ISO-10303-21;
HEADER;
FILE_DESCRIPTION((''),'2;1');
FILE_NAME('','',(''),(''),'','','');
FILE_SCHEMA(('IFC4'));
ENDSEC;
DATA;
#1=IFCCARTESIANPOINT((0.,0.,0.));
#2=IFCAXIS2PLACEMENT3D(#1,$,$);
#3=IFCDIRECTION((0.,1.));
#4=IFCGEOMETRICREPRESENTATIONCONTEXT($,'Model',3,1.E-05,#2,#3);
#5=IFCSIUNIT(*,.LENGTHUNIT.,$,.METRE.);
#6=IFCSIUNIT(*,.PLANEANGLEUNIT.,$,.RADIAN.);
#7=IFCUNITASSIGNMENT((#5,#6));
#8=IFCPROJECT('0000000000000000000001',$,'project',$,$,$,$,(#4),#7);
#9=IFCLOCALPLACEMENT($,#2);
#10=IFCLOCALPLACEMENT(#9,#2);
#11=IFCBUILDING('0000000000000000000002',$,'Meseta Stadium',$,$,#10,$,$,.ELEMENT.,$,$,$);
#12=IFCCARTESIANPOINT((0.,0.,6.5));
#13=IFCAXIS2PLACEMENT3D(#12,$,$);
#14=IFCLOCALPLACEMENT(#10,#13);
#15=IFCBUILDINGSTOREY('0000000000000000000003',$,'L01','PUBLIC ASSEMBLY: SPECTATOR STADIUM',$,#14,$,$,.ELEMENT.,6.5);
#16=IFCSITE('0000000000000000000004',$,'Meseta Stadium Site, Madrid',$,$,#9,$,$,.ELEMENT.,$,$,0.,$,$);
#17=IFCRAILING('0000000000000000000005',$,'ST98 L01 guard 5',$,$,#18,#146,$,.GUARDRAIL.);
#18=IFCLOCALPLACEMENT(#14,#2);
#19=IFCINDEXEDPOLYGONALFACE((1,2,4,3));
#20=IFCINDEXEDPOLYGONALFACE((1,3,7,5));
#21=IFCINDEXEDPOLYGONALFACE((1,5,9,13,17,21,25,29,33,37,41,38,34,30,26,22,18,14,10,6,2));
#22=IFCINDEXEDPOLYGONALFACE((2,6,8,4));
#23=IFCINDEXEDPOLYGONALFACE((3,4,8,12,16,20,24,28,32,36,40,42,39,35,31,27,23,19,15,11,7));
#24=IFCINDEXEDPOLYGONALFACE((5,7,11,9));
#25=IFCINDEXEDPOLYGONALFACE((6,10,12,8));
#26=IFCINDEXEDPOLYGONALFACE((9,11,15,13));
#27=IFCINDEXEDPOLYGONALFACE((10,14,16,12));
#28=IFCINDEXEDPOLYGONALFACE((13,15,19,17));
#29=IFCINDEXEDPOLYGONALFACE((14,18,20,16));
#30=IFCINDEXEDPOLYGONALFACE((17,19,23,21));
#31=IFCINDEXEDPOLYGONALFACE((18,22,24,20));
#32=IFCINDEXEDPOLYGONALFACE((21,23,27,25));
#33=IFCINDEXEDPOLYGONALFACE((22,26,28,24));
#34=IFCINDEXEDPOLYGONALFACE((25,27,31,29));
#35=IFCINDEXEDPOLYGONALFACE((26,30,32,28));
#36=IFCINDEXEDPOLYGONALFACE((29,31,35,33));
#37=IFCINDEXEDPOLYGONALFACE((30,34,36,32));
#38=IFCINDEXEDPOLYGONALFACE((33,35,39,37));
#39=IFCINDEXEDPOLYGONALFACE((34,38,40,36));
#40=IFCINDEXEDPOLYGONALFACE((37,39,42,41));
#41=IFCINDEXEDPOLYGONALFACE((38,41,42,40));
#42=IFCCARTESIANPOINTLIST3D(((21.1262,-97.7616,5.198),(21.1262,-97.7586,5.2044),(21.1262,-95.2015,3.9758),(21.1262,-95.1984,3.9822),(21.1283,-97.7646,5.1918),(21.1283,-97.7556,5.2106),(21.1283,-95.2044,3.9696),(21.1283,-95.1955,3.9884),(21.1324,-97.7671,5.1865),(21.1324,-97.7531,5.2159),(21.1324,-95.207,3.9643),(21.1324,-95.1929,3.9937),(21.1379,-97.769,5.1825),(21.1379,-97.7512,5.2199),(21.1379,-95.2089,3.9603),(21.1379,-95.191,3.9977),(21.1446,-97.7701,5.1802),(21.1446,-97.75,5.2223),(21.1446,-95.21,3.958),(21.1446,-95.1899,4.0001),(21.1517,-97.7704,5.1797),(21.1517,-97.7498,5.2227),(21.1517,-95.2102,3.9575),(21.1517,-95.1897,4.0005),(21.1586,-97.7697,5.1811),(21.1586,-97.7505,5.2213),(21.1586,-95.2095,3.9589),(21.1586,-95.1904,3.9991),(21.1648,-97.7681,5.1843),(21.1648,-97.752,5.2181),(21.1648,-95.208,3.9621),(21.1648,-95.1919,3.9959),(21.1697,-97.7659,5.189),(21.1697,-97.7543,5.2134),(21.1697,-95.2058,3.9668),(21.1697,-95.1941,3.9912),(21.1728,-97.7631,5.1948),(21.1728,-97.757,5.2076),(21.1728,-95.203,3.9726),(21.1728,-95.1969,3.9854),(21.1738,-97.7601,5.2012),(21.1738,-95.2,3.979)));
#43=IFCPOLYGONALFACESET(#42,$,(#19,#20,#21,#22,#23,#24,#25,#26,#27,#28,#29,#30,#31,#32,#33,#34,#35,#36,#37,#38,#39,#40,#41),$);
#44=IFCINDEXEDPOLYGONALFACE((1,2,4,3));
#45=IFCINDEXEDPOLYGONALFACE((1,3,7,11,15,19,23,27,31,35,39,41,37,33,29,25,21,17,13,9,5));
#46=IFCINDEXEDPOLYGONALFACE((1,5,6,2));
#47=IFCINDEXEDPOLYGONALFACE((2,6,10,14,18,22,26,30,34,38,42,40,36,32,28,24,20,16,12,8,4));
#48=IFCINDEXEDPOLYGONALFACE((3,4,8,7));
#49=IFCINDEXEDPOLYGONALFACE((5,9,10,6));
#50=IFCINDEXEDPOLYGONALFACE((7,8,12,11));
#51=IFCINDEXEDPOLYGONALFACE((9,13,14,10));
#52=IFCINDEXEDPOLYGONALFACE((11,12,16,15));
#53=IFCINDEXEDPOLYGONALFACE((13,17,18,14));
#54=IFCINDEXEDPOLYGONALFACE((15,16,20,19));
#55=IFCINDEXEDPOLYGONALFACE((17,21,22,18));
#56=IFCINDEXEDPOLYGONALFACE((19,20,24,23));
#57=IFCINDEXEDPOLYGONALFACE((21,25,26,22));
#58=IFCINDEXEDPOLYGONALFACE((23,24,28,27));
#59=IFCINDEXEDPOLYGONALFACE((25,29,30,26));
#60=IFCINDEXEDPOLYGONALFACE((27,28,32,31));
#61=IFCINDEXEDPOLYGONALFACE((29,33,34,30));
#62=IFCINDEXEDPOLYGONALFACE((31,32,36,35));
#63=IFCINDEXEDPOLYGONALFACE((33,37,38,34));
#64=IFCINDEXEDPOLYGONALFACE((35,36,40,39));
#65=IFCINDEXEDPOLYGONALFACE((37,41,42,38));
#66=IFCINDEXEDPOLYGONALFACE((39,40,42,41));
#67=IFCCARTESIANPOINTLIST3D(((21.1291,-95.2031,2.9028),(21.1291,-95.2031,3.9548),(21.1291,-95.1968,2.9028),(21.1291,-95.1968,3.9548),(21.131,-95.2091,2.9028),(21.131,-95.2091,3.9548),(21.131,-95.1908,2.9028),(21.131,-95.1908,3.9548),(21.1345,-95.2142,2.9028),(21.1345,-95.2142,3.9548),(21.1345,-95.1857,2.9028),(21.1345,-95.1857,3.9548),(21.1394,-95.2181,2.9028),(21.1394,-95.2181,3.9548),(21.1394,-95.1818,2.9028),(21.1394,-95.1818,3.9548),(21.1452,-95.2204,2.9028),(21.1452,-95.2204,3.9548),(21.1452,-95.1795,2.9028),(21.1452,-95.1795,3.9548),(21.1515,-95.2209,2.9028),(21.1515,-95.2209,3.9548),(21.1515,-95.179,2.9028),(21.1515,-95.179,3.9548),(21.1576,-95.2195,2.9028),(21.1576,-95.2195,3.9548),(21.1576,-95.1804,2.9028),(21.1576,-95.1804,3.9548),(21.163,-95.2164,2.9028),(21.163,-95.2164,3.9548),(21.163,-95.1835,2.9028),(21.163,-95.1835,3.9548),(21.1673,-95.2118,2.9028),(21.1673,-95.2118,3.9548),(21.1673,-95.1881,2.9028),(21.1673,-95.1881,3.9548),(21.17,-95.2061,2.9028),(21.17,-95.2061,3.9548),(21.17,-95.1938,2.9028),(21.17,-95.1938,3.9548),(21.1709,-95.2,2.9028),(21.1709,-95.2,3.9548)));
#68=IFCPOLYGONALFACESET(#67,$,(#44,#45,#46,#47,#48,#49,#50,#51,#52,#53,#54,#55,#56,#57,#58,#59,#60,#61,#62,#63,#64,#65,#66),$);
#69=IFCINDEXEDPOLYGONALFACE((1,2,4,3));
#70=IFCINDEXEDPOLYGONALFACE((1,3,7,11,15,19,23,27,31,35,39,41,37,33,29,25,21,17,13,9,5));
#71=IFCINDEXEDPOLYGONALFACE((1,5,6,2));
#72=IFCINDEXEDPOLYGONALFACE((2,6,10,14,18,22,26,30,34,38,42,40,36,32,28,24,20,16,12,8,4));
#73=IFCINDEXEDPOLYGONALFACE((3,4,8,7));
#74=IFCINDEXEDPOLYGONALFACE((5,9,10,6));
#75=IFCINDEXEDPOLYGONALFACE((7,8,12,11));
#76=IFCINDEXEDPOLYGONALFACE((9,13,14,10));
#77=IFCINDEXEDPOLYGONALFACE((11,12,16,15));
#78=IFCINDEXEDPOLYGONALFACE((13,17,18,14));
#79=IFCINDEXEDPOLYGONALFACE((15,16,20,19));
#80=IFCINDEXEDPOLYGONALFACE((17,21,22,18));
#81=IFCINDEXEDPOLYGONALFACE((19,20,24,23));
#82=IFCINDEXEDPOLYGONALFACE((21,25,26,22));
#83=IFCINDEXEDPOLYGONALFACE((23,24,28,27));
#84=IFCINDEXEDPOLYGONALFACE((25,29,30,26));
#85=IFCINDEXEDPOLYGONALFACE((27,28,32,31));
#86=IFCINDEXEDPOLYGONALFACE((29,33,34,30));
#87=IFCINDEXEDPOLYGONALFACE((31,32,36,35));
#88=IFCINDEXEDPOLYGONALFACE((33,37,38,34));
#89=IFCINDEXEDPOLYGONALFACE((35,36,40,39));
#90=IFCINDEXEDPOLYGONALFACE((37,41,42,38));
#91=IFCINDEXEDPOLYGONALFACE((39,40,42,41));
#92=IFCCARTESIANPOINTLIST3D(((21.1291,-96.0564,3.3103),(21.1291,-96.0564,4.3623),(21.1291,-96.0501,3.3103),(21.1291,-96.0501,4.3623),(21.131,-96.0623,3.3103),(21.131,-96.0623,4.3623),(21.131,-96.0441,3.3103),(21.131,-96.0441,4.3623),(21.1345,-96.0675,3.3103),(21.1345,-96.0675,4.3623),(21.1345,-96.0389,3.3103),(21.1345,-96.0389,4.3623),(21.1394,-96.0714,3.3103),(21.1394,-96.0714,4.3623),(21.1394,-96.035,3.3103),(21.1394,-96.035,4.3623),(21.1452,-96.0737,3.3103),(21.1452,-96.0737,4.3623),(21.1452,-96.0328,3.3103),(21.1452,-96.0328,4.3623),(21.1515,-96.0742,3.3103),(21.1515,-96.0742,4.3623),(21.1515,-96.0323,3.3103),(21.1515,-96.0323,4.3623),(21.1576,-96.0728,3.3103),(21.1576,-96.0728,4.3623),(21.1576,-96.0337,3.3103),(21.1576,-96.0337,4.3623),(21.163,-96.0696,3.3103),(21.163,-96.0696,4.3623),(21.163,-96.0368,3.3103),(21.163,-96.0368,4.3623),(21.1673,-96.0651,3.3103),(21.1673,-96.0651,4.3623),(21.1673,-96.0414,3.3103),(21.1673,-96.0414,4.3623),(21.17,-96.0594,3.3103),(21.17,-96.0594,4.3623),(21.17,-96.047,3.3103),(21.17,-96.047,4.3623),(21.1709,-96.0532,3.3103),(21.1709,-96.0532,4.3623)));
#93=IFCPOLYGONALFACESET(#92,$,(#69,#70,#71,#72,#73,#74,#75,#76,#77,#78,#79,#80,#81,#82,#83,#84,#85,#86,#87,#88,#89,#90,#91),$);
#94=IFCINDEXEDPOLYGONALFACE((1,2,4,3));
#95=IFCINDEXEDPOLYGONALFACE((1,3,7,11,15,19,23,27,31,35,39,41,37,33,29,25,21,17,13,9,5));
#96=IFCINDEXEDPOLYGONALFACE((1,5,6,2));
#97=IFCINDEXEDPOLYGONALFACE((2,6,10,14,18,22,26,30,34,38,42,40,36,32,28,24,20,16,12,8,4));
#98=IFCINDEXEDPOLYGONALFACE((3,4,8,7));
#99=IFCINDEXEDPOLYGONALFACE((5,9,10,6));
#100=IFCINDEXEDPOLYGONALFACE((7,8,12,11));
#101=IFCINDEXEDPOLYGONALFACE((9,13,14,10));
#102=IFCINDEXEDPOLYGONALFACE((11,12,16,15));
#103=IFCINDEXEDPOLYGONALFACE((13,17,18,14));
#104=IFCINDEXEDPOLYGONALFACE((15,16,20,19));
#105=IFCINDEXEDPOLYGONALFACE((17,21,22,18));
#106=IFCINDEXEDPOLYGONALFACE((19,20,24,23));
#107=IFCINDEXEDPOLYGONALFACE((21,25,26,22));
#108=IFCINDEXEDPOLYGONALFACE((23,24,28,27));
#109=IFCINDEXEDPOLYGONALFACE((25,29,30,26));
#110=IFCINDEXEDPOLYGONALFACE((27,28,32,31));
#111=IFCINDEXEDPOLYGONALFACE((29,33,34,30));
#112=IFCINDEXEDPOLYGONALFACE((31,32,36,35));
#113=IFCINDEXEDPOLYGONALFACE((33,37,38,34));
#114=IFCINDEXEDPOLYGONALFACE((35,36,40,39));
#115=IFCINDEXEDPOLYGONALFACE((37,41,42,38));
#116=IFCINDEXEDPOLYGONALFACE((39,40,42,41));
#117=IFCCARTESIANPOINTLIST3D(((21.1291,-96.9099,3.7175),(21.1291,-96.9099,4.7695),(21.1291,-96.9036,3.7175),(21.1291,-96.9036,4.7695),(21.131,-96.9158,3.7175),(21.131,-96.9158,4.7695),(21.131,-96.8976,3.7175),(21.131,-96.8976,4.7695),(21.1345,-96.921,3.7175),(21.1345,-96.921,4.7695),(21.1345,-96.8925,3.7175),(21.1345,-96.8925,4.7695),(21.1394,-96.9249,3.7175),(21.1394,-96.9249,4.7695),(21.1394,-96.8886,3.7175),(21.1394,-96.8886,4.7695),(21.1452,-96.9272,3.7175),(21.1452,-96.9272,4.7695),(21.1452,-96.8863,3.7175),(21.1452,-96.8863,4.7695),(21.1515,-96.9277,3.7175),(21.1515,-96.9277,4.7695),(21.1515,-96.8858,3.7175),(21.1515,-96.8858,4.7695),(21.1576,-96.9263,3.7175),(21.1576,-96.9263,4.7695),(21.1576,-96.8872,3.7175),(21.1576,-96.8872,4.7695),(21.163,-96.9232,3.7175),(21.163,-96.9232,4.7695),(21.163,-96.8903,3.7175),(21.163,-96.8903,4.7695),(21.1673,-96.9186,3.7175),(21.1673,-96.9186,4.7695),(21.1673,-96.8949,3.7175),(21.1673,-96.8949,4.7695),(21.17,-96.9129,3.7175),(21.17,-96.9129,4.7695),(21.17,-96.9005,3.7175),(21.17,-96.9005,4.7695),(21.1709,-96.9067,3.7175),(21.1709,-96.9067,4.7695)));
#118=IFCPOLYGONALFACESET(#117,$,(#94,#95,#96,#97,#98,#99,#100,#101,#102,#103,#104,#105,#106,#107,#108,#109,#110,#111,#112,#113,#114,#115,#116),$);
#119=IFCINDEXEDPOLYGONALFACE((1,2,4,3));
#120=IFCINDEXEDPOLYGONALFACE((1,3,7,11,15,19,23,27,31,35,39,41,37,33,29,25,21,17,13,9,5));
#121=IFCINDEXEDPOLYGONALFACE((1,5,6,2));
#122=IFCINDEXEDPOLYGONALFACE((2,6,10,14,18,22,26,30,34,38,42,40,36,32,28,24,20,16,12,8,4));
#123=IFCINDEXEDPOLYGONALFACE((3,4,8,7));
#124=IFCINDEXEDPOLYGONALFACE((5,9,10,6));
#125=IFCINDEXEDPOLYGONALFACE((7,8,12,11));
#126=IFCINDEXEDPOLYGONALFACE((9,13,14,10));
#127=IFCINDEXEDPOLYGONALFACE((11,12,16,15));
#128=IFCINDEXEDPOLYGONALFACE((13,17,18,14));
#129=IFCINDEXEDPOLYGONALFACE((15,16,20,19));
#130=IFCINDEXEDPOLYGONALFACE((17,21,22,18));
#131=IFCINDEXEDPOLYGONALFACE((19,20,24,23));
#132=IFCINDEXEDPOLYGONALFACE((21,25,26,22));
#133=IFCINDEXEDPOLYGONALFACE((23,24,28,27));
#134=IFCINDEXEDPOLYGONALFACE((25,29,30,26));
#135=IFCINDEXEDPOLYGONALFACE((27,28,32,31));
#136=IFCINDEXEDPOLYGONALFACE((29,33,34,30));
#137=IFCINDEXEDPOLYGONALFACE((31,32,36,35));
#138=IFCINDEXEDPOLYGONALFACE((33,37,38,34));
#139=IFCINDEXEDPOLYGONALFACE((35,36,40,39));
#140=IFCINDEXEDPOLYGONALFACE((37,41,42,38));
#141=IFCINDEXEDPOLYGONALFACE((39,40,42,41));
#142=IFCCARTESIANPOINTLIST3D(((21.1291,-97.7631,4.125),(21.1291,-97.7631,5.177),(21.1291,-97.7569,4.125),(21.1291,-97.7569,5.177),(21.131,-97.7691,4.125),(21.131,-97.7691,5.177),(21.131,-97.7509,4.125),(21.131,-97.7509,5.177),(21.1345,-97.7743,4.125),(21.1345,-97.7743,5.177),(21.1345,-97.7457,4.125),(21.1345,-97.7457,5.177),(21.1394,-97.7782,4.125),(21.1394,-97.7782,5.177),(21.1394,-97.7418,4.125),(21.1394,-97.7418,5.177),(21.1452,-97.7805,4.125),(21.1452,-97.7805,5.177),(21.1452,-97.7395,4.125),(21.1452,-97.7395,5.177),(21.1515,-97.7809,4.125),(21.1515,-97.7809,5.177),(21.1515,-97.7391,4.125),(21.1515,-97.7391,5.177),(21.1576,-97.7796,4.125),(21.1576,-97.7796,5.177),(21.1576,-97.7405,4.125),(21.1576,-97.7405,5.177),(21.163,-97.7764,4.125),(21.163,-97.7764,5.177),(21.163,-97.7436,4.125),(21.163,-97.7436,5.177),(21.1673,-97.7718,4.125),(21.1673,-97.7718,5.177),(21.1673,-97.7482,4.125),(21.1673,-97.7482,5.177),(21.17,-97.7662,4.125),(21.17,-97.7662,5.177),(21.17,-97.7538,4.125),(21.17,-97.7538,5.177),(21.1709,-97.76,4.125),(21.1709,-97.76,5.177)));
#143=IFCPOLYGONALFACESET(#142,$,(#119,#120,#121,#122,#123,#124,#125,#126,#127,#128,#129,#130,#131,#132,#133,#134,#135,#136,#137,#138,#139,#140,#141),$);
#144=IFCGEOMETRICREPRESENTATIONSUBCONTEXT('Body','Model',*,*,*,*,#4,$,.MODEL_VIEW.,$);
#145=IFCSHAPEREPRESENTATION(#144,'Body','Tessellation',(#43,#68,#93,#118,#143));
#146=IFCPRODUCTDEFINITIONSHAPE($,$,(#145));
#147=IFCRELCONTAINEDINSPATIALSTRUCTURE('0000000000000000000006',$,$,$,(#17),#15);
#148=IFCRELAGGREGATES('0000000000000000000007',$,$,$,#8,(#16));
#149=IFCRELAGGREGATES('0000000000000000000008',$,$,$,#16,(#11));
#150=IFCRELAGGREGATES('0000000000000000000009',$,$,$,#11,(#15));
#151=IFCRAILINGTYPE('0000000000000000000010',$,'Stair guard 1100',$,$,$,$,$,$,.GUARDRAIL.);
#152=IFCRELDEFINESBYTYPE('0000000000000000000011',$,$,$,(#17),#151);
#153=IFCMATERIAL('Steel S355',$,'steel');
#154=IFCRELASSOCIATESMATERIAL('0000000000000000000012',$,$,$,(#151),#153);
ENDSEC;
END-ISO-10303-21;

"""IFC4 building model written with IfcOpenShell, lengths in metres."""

from ifc_helpers import new_model, si_unit, direction, frame, origin, origin_2d, place, context, subcontext, project, spatial, circle, extrude, material, type_object, element, save


model = new_model("IFC4")

# Units and contexts
model_context = context("Model", 3, precision=1e-05, world=origin(), true_north=direction((0.0, 1.0)))
body_context = subcontext(model_context, "Body", "Model", "MODEL_VIEW")
ifc_project = project(units=[si_unit("LENGTHUNIT", "METRE"), si_unit("PLANEANGLEUNIT", "RADIAN")], contexts=[model_context])

# Site, building, storey
site_placement = place(None, origin())
site = spatial("IfcSite", under=ifc_project, at=site_placement, Name="Meseta Stadium Site, Madrid", CompositionType="ELEMENT", RefElevation=0.0)
building_placement = place(site_placement, origin())
building = spatial("IfcBuilding", under=site, at=building_placement, Name="Meseta Stadium", CompositionType="ELEMENT")
storey_placement = place(building_placement, frame((0.0, 0.0, 6.5)))
storey = spatial("IfcBuildingStorey", under=building, at=storey_placement, Name="L01", Description="PUBLIC ASSEMBLY: SPECTATOR STADIUM", CompositionType="ELEMENT", Elevation=6.5)

# Railing
ifc_material_1 = material(Name="Steel S355", Category="steel")
railing_type_1 = type_object("IfcRailingType", Name="Stair guard 1100", PredefinedType="GUARDRAIL", material=ifc_material_1)
for number, where, name in (
    (1, (21.1499, -95.2, 2.9028), "ST98 L01 guard 5"),
):
    element("IfcRailing", number, at=place(storey_placement, frame(where)), inside=storey, type_object=railing_type_1, Name=name, PredefinedType="GUARDRAIL", context=body_context, shape_type="SweptSolid", body=[
        extrude(circle(Radius=0.0239, at=origin_2d()), frame((0.0, 0.0, 1.0762), z_axis=(0.0, -0.902437, 0.430822), x_axis=(1.0, 0.0, 0.0)), (0.0, 0.0, 1.0), 2.8369),
        extrude(circle(Radius=0.021, at=origin_2d()), origin(), (0.0, 0.0, 1.0), 1.052),
        extrude(circle(Radius=0.021, at=origin_2d()), frame((0.0, -0.8533, 0.4075)), (0.0, 0.0, 1.0), 1.052),
        extrude(circle(Radius=0.021, at=origin_2d()), frame((0.0, -1.7068, 0.8147)), (0.0, 0.0, 1.0), 1.052),
        extrude(circle(Radius=0.021, at=origin_2d()), frame((0.0, -2.5601, 1.2222)), (0.0, 0.0, 1.0), 1.052),
    ])

save(model, "model.ifc")
